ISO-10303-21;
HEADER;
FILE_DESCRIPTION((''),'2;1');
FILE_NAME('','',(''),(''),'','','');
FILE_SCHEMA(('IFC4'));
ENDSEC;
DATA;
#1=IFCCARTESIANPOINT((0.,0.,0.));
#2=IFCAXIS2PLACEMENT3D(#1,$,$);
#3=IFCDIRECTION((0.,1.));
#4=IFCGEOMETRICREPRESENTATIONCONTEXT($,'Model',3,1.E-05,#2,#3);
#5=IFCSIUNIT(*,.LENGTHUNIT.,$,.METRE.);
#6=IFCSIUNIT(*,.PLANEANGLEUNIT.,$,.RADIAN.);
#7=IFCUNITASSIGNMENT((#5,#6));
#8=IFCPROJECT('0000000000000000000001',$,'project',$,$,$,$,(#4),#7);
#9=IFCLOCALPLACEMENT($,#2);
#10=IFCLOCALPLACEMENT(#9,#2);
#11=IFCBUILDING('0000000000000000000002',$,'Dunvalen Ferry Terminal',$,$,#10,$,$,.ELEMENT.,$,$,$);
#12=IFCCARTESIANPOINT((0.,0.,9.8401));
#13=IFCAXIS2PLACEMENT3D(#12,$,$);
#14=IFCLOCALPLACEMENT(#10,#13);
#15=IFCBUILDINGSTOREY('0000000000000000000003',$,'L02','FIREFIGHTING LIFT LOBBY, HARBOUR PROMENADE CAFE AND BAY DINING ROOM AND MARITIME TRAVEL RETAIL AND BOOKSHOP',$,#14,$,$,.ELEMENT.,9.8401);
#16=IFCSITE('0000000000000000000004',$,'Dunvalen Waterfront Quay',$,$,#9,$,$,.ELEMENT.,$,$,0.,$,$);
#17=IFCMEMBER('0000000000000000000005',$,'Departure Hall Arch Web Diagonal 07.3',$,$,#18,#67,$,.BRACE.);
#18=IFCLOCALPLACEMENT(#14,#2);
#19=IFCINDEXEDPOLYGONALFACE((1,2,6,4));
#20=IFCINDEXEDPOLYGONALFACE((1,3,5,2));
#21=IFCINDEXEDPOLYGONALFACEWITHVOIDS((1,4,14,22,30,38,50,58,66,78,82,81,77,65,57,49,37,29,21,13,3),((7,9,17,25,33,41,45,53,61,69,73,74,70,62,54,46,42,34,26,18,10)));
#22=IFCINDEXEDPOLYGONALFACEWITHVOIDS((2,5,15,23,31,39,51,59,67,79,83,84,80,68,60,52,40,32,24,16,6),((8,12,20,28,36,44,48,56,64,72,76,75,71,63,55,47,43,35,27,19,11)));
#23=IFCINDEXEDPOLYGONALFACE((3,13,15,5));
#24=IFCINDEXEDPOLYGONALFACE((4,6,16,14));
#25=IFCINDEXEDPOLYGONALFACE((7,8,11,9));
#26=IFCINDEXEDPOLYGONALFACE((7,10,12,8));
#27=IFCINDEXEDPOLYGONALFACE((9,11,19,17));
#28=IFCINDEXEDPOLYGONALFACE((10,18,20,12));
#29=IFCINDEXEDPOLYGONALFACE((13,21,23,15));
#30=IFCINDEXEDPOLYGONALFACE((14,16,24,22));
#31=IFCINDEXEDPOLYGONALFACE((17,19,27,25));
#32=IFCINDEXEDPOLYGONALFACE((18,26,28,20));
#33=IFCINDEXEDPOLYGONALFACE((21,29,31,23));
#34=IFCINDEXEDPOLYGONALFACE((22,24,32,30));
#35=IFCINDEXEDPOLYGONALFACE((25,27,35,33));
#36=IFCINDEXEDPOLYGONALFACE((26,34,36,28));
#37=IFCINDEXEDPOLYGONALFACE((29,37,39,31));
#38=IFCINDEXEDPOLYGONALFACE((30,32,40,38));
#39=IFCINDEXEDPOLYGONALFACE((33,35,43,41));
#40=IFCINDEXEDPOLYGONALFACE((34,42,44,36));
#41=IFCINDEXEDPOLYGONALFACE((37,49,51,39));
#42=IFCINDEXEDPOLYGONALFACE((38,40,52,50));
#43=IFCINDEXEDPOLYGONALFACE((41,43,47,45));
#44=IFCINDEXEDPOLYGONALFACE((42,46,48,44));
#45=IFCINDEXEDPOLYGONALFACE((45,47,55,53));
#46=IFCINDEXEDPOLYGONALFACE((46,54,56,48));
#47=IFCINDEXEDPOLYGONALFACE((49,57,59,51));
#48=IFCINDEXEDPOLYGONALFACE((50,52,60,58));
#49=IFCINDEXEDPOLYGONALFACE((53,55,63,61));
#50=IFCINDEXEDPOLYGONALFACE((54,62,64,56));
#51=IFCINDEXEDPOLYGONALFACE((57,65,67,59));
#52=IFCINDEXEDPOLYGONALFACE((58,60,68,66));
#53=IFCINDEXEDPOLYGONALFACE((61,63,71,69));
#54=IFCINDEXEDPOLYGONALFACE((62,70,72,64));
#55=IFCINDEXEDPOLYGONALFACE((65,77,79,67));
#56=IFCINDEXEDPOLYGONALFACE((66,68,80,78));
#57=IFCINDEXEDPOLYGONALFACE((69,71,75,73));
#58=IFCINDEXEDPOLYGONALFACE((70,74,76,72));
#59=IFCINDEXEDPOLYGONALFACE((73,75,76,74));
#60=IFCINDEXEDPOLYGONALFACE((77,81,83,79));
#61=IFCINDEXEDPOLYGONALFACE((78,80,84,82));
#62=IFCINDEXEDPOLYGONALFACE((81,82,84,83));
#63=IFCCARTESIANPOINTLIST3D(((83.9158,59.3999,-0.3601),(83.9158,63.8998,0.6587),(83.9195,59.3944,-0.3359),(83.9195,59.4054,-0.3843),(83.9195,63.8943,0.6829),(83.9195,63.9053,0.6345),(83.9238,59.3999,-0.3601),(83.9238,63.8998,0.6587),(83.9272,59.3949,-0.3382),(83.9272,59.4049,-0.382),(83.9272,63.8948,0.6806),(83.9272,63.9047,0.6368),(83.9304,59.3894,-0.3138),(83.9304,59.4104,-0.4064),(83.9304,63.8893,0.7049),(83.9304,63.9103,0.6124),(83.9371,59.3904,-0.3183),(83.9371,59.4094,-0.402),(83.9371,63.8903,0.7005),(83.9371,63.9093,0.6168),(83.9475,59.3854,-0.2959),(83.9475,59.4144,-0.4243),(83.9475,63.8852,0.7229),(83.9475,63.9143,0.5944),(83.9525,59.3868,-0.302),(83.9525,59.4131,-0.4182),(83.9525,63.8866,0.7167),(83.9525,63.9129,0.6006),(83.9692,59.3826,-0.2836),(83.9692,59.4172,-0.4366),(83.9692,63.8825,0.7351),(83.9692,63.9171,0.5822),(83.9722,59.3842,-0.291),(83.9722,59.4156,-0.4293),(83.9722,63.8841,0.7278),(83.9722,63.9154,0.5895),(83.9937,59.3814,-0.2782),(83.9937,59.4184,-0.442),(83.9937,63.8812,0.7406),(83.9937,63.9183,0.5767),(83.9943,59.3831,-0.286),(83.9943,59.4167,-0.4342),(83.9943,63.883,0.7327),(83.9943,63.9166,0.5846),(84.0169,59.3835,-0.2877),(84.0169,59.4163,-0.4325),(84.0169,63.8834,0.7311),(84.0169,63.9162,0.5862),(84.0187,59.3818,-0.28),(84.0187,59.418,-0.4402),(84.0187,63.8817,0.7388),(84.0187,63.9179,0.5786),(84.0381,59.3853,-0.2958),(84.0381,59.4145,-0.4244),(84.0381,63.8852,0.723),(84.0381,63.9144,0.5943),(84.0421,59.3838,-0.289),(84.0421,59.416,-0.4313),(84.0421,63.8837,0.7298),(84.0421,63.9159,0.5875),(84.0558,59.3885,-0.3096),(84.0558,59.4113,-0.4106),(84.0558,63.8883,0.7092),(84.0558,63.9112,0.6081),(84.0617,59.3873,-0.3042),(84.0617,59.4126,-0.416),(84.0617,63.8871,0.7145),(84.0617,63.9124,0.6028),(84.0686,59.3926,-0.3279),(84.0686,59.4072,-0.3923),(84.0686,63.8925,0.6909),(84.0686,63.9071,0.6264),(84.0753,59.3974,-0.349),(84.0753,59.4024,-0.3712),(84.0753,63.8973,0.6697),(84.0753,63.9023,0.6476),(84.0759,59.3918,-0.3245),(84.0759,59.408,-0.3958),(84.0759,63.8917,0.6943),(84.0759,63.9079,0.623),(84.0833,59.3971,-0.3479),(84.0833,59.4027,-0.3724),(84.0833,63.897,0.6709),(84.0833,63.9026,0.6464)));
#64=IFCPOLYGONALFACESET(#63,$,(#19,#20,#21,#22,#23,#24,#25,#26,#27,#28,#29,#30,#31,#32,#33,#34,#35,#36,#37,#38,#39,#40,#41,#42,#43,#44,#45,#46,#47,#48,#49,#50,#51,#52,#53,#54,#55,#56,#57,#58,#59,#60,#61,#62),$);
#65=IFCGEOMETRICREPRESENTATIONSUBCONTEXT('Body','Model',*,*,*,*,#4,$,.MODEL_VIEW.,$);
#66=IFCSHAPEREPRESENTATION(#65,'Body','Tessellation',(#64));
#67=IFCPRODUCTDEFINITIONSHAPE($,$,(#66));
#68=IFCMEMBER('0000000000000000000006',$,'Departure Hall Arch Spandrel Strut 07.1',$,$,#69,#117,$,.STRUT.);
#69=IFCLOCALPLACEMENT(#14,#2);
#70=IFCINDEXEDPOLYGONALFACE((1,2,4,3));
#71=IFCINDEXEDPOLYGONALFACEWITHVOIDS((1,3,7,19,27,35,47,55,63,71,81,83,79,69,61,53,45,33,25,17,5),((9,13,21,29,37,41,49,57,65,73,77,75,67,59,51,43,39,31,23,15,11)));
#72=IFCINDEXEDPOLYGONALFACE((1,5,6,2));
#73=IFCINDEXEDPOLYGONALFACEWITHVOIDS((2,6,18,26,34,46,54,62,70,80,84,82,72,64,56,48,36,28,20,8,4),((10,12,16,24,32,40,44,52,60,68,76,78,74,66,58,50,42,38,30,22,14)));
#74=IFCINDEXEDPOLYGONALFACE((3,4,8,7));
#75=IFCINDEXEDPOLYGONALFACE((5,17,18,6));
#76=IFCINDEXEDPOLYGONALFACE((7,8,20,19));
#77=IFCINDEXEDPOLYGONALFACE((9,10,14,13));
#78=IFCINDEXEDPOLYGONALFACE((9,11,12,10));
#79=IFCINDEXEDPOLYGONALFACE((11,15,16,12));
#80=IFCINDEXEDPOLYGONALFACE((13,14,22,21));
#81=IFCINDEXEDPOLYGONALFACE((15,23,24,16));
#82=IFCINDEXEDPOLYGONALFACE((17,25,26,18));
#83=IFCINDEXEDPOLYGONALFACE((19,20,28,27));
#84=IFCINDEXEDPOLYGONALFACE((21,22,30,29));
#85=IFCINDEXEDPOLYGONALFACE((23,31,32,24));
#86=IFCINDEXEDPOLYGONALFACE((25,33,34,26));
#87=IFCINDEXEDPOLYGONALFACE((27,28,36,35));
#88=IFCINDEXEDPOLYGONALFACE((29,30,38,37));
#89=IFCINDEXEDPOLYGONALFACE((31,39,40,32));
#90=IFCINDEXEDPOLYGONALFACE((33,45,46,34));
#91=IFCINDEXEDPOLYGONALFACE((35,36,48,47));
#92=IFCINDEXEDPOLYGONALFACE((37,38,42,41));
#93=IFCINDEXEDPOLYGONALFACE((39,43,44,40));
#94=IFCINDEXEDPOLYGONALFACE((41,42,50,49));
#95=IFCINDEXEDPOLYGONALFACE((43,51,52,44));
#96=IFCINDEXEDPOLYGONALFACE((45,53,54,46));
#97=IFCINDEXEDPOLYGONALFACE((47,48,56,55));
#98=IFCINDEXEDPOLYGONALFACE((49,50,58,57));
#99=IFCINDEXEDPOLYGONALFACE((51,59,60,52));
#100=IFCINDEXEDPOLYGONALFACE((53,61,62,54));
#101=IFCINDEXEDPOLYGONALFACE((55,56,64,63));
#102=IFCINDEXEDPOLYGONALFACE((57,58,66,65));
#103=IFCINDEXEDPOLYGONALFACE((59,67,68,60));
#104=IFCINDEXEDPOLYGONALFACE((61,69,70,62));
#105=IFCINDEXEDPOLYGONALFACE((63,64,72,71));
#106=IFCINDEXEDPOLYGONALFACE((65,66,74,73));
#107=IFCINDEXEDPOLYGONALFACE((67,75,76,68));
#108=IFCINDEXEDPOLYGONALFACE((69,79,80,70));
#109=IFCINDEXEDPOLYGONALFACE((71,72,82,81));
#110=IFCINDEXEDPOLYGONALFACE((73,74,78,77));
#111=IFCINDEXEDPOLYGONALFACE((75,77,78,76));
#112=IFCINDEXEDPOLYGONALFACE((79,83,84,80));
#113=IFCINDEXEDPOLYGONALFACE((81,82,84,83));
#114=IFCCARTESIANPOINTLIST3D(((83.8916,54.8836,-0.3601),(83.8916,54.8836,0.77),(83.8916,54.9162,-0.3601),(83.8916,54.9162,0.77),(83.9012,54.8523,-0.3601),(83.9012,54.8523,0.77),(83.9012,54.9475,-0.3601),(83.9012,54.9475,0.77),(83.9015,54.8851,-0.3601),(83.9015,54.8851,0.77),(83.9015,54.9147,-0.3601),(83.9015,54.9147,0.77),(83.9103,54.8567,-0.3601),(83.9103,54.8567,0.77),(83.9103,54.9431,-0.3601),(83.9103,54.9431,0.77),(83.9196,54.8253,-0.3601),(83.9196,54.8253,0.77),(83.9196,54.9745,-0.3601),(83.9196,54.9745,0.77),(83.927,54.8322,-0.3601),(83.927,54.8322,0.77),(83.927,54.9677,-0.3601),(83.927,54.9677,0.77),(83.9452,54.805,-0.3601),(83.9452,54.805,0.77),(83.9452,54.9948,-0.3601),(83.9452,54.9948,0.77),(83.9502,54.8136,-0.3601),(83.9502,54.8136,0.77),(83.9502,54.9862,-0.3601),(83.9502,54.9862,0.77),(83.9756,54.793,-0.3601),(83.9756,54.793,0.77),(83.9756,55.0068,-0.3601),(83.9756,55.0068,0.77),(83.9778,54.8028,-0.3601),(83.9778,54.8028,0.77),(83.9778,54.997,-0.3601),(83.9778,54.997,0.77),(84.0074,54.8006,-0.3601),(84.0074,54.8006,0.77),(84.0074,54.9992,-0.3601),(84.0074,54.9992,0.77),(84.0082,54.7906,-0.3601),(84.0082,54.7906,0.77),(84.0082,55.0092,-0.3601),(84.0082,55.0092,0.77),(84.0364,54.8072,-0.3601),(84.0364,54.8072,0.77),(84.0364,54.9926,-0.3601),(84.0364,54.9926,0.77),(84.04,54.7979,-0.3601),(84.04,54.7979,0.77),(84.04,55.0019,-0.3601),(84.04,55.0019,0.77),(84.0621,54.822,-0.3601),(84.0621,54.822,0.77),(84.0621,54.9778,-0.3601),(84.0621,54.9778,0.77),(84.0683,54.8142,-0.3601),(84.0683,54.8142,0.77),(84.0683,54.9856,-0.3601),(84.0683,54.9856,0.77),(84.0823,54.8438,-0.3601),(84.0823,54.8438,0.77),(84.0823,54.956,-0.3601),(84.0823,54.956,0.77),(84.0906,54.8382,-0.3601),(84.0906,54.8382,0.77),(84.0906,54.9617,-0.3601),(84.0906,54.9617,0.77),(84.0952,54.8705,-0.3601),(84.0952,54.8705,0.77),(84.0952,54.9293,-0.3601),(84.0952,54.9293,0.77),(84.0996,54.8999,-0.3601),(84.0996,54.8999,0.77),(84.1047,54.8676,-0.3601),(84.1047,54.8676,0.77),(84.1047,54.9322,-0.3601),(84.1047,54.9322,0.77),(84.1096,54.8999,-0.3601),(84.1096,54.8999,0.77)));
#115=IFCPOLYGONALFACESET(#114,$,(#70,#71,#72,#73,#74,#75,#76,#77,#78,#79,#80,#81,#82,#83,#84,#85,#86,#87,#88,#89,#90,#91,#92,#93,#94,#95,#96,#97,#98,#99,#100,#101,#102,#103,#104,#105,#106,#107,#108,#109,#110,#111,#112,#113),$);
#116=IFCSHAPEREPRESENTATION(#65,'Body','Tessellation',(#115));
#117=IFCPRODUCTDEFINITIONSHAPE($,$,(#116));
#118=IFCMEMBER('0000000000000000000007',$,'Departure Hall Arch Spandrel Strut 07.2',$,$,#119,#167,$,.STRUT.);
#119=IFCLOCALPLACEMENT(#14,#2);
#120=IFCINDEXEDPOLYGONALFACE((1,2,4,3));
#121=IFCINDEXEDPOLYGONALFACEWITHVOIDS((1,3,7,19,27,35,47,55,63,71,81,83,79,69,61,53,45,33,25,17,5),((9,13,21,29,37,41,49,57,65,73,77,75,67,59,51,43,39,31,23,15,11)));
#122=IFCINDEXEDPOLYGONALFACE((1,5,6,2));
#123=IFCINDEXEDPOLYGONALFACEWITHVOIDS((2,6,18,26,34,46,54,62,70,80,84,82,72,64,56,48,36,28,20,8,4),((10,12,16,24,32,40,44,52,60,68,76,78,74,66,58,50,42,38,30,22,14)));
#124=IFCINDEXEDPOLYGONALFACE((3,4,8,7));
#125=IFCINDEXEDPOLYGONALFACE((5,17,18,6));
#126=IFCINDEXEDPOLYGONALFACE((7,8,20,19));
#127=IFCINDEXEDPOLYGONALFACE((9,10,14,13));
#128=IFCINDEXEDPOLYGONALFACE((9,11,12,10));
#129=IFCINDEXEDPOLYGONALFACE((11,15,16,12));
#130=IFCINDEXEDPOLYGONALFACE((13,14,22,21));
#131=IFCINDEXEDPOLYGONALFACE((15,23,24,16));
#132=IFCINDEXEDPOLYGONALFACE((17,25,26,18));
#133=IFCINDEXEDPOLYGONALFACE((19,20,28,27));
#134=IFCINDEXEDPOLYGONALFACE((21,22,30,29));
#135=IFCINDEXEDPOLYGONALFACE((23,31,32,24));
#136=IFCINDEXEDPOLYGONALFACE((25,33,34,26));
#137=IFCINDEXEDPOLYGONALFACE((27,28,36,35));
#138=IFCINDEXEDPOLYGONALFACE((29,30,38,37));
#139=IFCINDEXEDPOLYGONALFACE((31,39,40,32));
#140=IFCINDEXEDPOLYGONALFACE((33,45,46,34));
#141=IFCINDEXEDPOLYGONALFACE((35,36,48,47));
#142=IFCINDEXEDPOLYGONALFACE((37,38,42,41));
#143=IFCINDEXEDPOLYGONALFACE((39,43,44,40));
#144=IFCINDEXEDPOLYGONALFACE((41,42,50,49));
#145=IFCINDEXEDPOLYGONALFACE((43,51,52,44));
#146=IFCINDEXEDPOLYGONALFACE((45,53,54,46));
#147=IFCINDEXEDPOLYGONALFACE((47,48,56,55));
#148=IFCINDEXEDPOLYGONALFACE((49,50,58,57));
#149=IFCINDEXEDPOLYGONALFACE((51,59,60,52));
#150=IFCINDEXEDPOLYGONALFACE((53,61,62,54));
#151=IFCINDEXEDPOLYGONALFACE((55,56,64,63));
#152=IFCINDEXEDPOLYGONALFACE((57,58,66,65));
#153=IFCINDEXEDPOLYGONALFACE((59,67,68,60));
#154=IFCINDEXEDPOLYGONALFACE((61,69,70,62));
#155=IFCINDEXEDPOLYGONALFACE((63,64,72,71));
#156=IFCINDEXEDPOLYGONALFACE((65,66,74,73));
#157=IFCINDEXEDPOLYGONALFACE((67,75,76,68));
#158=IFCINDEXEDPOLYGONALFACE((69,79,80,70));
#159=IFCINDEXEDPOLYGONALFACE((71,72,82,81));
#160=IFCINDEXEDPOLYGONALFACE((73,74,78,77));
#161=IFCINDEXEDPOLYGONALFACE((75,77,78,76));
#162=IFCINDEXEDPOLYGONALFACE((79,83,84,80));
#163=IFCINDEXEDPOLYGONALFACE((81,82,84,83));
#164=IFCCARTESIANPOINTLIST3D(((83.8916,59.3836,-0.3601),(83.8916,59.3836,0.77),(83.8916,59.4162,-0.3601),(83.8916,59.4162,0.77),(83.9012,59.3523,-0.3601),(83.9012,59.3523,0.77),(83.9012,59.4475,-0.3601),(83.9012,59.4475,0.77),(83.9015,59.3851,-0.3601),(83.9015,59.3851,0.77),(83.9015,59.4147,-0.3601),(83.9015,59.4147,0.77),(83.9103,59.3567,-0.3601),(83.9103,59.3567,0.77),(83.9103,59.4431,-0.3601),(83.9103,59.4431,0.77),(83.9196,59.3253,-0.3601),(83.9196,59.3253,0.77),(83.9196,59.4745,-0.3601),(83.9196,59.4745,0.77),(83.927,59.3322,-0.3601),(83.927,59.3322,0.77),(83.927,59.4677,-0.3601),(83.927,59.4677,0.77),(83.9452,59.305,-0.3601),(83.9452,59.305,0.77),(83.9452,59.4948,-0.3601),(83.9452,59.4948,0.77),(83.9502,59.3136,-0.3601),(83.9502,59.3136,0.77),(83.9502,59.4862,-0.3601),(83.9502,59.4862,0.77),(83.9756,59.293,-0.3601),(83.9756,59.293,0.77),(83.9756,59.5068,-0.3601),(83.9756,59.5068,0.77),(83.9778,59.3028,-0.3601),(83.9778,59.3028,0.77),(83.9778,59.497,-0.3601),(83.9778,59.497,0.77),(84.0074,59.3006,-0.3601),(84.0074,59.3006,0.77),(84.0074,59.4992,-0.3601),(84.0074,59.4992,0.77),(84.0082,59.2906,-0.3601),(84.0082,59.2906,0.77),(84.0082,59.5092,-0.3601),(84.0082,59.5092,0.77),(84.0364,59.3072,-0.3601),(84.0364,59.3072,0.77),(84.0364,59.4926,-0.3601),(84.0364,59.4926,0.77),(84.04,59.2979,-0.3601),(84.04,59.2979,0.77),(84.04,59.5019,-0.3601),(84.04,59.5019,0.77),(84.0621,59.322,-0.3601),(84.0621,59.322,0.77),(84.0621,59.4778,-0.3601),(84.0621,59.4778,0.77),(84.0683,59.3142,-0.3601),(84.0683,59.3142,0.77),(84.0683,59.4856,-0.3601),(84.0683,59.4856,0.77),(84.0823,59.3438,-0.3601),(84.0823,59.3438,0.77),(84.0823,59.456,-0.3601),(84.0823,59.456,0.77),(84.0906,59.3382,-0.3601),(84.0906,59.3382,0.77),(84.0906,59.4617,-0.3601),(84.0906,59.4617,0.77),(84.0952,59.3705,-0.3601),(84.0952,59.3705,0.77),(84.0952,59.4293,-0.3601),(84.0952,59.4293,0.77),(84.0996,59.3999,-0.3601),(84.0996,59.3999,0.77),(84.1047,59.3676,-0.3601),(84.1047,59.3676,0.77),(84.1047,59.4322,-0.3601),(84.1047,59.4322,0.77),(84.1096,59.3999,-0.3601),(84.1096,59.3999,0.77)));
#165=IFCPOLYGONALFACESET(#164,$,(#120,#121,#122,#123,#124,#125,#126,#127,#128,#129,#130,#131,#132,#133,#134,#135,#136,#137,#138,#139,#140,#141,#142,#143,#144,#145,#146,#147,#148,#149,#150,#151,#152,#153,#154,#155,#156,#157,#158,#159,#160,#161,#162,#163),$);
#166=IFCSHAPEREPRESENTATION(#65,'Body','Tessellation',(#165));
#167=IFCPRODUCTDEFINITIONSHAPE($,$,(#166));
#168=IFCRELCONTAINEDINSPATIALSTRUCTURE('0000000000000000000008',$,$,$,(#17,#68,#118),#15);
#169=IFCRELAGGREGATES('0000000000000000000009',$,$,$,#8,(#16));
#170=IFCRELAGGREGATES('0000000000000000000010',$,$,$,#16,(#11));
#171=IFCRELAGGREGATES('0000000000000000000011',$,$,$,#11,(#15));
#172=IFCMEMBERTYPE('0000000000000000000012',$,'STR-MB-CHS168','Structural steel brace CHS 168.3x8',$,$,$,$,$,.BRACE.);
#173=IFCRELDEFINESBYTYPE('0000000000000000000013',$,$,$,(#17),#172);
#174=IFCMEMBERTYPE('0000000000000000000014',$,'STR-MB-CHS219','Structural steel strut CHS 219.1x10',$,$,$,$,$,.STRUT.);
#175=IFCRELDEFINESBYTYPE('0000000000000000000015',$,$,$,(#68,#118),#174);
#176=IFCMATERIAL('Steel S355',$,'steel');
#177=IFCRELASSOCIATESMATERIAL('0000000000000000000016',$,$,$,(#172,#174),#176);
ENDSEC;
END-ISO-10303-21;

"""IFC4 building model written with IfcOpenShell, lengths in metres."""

from ifc_helpers import new_model, si_unit, direction, frame, origin, origin_2d, place, context, subcontext, project, spatial, hollow_circle, extrude, material, material_profile, profile_set, type_object, element, save


model = new_model("IFC4")

# Units and contexts
model_context = context("Model", 3, precision=1e-05, world=origin(), true_north=direction((0.0, 1.0)))
body_context = subcontext(model_context, "Body", "Model", "MODEL_VIEW")
ifc_project = project(units=[si_unit("LENGTHUNIT", "METRE"), si_unit("PLANEANGLEUNIT", "RADIAN")], contexts=[model_context])

# Site, building, storey
site_placement = place(None, origin())
site = spatial("IfcSite", under=ifc_project, at=site_placement, Name="Dunvalen Waterfront Quay", CompositionType="ELEMENT", RefElevation=0.0)
building_placement = place(site_placement, origin())
building = spatial("IfcBuilding", under=site, at=building_placement, Name="Dunvalen Ferry Terminal", CompositionType="ELEMENT")
storey_placement = place(building_placement, frame((0.0, 0.0, 9.8401)))
storey = spatial("IfcBuildingStorey", under=building, at=storey_placement, Name="L02", Description="FIREFIGHTING LIFT LOBBY, HARBOUR PROMENADE CAFE AND BAY DINING ROOM AND MARITIME TRAVEL RETAIL AND BOOKSHOP", CompositionType="ELEMENT", Elevation=9.8401)

# Shared definitions
ifc_material_1 = material(Name="Steel S355", Category="steel")

# Members
ifc_material_profile_1 = material_profile(ifc_material_1, hollow_circle(Radius=0.0842, WallThickness=0.0081, at=origin_2d()), Name="Steel S355")
ifc_profile_set_1 = profile_set([ifc_material_profile_1], Name="Steel S355")
member_type_1 = type_object("IfcMemberType", Name="STR-MB-CHS168", Description="Structural steel brace CHS 168.3x8", PredefinedType="BRACE", material=ifc_profile_set_1)
member_1_placement = place(storey_placement, frame((84.0, 59.3999, -0.3601), z_axis=(0.0, 0.975317, 0.220811), x_axis=(-1.0, 0.0, 0.0)))
element("IfcMember", 1, at=member_1_placement, inside=storey, type_object=member_type_1, Name="Departure Hall Arch Web Diagonal 07.3", PredefinedType="BRACE", context=body_context, shape_type="SweptSolid", body=[
    extrude(hollow_circle(Radius=0.0842, WallThickness=0.0081, at=origin_2d()), origin(), (0.0, 0.0, 1.0), 4.6138),
])
ifc_material_profile_2 = material_profile(ifc_material_1, hollow_circle(Radius=0.1096, WallThickness=0.01, at=origin_2d()), Name="Steel S355")
ifc_profile_set_2 = profile_set([ifc_material_profile_2], Name="Steel S355")
member_type_2 = type_object("IfcMemberType", Name="STR-MB-CHS219", Description="Structural steel strut CHS 219.1x10", PredefinedType="STRUT", material=ifc_profile_set_2)
for number, where, z_axis, x_axis, name in (
    (2, (84.0, 54.8999, -0.3601), (0.0, 0.0, 1.0), (1.0, 0.0, 0.0), "Departure Hall Arch Spandrel Strut 07.1"),
    (3, (84.0, 59.3999, -0.3601), (0.0, 0.0, 1.0), (1.0, 0.0, 0.0), "Departure Hall Arch Spandrel Strut 07.2"),
):
    element("IfcMember", number, at=place(storey_placement, frame(where, z_axis=z_axis, x_axis=x_axis)), inside=storey, type_object=member_type_2, Name=name, PredefinedType="STRUT", context=body_context, shape_type="SweptSolid", body=[
        extrude(hollow_circle(Radius=0.1096, WallThickness=0.01, at=origin_2d()), origin(), (0.0, 0.0, 1.0), 1.1301),
    ])

save(model, "model.ifc")
